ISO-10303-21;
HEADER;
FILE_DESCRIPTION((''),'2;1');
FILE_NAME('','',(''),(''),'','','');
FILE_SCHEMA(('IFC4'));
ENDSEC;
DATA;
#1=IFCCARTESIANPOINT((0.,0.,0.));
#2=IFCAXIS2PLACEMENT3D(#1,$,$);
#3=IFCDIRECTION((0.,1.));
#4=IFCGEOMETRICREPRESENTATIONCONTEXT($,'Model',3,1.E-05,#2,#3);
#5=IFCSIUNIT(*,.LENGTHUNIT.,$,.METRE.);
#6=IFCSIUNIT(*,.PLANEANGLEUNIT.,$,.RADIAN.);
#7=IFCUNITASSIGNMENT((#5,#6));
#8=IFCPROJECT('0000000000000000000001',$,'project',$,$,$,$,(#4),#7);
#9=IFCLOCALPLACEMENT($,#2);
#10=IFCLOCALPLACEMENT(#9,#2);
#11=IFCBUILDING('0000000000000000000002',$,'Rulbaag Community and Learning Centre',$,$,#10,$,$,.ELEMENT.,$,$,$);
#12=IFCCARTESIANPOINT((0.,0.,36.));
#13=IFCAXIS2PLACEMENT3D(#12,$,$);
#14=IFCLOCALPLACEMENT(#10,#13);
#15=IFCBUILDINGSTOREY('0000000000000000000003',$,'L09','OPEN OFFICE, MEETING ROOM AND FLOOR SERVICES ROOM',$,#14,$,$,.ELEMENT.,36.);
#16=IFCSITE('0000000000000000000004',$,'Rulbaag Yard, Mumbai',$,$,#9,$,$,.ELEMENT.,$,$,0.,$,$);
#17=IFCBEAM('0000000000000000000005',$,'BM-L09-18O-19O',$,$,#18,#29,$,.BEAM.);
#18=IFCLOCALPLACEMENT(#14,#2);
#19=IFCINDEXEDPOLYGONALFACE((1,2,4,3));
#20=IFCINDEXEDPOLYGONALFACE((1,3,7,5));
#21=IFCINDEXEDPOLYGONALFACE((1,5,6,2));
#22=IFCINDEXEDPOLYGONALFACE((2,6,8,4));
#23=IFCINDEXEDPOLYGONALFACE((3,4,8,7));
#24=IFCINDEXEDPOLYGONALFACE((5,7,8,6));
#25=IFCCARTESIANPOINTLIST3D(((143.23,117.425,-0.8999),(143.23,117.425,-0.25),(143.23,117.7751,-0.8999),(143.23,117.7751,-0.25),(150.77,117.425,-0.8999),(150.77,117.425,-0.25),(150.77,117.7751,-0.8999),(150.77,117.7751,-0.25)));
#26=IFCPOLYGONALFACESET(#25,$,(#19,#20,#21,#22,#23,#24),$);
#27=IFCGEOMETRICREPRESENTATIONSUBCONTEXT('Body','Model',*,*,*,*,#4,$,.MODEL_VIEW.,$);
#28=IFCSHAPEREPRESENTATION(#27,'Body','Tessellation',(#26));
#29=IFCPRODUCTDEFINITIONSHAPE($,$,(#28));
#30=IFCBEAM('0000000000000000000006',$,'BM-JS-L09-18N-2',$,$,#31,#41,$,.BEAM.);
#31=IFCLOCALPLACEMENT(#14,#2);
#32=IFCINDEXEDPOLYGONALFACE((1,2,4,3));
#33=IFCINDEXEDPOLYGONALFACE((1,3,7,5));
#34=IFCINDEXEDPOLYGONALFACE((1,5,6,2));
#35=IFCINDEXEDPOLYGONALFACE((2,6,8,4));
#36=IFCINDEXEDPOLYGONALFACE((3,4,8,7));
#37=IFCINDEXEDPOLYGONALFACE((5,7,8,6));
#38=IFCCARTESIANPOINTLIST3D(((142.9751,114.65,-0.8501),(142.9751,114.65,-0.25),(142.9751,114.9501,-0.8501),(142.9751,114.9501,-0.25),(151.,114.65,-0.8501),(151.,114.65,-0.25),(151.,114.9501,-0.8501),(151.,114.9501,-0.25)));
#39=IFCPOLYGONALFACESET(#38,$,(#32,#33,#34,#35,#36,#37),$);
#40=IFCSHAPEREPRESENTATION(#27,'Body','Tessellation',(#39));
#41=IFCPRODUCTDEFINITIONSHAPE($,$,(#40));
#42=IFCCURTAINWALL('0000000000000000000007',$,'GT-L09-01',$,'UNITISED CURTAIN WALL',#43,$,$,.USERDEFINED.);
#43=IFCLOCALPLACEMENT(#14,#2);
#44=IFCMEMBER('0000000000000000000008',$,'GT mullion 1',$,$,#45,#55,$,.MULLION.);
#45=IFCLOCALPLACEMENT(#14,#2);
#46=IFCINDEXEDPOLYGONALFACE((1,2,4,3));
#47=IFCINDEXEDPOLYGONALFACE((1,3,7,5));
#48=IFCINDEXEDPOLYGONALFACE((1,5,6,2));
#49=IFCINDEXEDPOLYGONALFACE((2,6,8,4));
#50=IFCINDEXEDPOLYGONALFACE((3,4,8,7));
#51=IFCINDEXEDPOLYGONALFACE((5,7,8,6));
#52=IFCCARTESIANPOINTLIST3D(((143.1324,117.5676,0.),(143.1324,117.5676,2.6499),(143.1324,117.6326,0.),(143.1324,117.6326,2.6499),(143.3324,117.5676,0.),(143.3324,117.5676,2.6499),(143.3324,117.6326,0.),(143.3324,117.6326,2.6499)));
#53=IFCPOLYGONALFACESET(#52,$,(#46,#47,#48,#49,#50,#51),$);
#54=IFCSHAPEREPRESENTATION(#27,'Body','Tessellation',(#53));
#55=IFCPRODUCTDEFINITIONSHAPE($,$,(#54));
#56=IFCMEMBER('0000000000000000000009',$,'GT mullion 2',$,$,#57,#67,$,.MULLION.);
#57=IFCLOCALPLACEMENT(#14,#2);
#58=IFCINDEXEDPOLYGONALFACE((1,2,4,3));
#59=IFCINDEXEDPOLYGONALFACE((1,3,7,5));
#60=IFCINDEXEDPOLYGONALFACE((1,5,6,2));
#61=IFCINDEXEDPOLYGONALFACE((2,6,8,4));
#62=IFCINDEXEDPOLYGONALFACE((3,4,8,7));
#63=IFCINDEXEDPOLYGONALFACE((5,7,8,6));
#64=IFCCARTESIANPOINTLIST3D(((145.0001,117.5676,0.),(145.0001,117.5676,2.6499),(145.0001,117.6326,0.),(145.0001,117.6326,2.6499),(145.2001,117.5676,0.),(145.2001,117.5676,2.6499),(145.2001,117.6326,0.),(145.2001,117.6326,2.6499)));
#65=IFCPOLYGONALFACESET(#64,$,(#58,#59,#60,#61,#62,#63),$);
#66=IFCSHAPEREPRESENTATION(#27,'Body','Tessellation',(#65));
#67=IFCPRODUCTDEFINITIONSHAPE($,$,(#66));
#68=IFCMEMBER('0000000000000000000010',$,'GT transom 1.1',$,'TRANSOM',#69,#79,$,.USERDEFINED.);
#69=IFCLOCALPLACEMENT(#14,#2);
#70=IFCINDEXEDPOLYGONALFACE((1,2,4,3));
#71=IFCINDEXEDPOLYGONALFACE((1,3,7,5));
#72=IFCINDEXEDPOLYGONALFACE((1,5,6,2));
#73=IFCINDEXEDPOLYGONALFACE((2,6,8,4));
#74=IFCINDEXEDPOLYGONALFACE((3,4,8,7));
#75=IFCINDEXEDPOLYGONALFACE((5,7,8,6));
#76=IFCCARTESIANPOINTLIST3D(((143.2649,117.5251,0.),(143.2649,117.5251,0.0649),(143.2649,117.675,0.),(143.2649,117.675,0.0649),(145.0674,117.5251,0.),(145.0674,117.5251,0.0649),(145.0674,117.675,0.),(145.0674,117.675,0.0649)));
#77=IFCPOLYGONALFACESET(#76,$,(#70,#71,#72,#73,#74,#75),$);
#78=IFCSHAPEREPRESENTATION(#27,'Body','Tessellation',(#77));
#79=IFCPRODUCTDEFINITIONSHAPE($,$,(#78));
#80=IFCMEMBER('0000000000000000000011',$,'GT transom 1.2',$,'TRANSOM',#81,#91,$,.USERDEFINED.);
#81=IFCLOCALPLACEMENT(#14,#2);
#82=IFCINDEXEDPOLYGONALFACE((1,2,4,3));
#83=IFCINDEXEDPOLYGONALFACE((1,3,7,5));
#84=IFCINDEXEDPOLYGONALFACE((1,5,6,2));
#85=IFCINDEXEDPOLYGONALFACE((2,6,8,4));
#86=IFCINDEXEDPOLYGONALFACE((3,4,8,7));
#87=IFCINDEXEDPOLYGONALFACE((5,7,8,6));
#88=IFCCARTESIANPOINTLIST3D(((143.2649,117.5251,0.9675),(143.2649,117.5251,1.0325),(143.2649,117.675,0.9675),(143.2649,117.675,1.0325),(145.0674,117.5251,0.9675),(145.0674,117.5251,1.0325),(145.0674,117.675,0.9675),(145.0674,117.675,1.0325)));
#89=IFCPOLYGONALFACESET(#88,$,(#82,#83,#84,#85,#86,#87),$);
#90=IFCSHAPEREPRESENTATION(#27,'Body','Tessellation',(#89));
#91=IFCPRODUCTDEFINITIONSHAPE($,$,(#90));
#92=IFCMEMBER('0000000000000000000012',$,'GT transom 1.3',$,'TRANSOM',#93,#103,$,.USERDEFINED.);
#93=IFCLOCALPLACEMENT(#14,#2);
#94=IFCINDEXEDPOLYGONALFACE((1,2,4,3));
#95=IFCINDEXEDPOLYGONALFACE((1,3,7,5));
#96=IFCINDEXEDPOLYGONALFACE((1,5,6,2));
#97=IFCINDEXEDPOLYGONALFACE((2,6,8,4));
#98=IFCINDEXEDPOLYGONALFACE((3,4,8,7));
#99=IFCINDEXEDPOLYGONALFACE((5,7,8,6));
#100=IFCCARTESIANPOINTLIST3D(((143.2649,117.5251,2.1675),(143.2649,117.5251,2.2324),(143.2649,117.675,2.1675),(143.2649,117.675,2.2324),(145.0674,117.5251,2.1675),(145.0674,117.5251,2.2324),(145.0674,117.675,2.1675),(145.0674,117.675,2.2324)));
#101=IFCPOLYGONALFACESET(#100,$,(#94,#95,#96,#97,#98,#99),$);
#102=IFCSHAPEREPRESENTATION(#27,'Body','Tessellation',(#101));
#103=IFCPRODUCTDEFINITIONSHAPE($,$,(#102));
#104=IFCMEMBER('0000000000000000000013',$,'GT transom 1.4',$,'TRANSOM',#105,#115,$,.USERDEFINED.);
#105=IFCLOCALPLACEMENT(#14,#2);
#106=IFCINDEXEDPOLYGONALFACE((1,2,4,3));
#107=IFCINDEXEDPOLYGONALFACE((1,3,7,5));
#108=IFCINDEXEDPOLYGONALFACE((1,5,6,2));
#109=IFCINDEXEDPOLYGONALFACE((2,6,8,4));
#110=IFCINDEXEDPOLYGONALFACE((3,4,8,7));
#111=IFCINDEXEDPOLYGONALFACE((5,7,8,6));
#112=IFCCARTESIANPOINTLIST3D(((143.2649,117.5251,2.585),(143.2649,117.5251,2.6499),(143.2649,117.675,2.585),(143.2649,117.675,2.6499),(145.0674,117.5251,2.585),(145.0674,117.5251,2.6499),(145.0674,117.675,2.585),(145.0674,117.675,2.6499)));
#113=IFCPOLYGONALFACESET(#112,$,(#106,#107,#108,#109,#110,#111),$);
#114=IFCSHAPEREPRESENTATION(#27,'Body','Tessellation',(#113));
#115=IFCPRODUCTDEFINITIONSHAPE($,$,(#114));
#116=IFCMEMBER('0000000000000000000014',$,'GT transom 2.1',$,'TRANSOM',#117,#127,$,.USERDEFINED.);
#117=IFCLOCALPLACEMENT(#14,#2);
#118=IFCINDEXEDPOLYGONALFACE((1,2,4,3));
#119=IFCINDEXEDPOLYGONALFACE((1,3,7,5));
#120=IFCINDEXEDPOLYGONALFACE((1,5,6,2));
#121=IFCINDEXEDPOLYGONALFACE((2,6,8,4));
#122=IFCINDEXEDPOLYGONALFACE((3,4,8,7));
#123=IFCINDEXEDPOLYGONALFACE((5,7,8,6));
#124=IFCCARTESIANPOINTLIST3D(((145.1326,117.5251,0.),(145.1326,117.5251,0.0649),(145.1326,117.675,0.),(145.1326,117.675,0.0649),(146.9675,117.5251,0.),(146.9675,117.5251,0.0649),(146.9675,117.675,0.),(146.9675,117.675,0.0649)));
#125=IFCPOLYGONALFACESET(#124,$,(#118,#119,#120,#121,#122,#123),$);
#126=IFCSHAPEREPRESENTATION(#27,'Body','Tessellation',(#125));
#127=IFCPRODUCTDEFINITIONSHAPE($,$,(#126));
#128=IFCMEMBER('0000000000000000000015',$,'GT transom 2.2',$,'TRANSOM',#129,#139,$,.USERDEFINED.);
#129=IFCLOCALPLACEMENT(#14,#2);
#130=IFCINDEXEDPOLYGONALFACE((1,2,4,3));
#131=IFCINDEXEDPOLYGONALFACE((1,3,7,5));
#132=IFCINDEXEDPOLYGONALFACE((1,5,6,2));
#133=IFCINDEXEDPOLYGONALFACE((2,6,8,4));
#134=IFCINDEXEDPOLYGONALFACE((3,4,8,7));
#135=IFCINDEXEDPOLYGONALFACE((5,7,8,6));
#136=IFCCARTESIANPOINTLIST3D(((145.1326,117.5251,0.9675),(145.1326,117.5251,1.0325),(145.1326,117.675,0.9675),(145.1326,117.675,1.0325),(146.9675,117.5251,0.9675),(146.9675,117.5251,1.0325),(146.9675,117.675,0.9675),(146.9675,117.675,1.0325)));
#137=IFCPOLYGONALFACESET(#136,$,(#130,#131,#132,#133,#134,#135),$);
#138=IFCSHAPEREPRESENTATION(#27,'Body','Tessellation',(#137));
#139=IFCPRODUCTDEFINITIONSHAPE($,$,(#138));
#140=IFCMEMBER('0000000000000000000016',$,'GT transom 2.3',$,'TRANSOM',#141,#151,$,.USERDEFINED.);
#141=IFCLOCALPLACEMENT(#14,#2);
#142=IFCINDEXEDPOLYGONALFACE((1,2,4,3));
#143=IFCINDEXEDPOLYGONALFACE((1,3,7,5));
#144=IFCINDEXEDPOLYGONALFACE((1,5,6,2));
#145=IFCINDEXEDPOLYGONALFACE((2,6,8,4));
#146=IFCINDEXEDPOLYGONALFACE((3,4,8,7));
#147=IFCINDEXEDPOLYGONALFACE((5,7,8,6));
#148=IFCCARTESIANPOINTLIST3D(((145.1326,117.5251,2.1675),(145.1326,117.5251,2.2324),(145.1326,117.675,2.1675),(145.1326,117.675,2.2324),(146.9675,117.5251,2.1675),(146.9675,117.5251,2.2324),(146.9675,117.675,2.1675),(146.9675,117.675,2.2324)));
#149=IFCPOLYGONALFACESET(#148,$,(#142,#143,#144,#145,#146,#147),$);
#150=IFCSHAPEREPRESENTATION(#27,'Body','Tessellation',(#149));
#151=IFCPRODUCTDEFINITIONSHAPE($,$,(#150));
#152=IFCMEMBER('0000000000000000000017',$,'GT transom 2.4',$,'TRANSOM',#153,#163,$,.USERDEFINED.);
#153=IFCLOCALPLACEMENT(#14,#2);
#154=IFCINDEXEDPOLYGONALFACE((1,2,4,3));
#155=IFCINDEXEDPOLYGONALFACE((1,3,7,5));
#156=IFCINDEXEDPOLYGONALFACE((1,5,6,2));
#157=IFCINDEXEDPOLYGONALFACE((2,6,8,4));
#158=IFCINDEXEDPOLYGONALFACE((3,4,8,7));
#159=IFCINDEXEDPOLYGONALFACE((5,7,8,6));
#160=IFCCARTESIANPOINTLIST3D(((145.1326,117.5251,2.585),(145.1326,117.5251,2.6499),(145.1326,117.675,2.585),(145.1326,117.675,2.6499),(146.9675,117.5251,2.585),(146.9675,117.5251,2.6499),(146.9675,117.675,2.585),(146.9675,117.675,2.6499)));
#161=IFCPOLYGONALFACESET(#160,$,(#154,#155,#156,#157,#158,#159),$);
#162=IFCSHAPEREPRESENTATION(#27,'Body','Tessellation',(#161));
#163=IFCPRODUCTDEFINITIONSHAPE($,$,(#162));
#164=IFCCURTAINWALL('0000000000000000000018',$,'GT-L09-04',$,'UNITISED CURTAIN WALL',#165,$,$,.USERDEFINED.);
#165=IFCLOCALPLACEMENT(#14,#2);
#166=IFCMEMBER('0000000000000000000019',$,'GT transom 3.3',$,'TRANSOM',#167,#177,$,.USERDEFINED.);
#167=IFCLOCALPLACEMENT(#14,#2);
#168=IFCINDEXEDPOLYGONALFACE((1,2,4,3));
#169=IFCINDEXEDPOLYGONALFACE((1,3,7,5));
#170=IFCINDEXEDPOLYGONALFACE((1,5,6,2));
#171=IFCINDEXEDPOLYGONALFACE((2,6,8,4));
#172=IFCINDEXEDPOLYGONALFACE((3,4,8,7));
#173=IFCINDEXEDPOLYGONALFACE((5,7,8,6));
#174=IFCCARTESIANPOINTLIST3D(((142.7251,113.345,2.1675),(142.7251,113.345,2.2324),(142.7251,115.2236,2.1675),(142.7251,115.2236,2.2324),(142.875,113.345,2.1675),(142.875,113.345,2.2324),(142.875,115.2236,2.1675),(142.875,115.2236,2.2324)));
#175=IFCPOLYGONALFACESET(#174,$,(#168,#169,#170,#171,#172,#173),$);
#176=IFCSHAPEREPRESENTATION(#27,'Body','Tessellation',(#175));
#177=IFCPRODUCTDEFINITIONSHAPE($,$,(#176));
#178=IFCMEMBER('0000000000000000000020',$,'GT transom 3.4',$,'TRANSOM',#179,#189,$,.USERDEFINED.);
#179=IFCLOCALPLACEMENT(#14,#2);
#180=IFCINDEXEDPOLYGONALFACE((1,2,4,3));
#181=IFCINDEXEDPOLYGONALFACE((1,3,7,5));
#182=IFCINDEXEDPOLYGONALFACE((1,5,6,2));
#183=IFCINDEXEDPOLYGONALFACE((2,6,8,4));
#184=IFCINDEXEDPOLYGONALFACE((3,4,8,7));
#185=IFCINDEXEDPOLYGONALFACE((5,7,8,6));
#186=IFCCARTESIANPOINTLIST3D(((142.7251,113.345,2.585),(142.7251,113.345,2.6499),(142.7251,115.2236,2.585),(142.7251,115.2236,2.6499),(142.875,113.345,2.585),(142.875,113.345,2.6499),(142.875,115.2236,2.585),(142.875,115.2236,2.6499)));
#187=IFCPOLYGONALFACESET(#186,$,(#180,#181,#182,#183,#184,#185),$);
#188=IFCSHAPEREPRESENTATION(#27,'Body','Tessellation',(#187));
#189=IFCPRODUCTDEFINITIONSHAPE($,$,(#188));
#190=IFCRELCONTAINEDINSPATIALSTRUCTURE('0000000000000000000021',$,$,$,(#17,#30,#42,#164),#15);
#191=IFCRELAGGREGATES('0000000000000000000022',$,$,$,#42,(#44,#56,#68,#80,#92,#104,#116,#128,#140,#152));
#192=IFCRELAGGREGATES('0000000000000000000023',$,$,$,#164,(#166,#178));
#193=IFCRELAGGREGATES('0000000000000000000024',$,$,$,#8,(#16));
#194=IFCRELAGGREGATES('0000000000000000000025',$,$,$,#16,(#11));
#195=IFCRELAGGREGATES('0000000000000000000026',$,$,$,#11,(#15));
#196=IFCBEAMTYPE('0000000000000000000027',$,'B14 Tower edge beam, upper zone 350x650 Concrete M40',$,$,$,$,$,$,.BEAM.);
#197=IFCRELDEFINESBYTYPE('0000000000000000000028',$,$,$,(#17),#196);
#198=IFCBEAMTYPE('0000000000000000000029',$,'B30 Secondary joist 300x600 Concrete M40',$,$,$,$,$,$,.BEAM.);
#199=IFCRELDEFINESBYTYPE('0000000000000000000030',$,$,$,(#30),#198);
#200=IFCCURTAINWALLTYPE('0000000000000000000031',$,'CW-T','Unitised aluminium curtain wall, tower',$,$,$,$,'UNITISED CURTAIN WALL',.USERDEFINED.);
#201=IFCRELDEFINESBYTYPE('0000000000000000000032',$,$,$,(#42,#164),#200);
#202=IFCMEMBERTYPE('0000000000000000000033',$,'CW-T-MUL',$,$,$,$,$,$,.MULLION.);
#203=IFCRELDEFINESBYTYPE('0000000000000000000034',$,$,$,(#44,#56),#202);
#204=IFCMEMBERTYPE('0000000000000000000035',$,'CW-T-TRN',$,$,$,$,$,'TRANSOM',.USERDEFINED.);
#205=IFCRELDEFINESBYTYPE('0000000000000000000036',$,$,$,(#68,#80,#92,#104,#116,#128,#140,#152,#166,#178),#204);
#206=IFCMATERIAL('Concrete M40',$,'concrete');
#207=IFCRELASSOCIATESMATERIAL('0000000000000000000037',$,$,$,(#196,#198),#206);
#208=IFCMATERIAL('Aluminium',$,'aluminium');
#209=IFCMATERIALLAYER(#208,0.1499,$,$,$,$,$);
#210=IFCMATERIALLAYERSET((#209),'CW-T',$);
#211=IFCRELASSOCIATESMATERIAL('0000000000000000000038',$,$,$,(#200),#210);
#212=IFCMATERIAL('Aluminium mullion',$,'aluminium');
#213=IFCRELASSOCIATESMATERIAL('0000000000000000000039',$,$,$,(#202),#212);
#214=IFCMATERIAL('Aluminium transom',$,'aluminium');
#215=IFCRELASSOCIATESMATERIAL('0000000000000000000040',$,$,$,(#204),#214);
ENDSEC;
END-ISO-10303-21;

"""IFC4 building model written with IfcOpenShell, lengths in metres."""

from ifc_helpers import new_model, si_unit, direction, frame, origin, origin_2d, place, context, subcontext, project, spatial, rectangle, extrude, material, layer, layer_set, material_profile, profile_set, type_object, element, aggregate, save


model = new_model("IFC4")

# Units and contexts
model_context = context("Model", 3, precision=1e-05, world=origin(), true_north=direction((0.0, 1.0)))
body_context = subcontext(model_context, "Body", "Model", "MODEL_VIEW")
ifc_project = project(units=[si_unit("LENGTHUNIT", "METRE"), si_unit("PLANEANGLEUNIT", "RADIAN")], contexts=[model_context])

# Site, building, storey
site_placement = place(None, origin())
site = spatial("IfcSite", under=ifc_project, at=site_placement, Name="Rulbaag Yard, Mumbai", CompositionType="ELEMENT", RefElevation=0.0)
building_placement = place(site_placement, origin())
building = spatial("IfcBuilding", under=site, at=building_placement, Name="Rulbaag Community and Learning Centre", CompositionType="ELEMENT")
storey_placement = place(building_placement, frame((0.0, 0.0, 36.0)))
storey = spatial("IfcBuildingStorey", under=building, at=storey_placement, Name="L09", Description="OPEN OFFICE, MEETING ROOM AND FLOOR SERVICES ROOM", CompositionType="ELEMENT", Elevation=36.0)

# Beams
ifc_material_1 = material(Name="Concrete M40", Category="concrete")
ifc_material_profile_1 = material_profile(ifc_material_1, rectangle(XDim=0.3501, YDim=0.6499, at=origin_2d()), Name="RB350x650")
ifc_profile_set_1 = profile_set([ifc_material_profile_1], Name="Concrete M40")
beam_type_1 = type_object("IfcBeamType", Name="B14 Tower edge beam, upper zone 350x650 Concrete M40", PredefinedType="BEAM", material=ifc_profile_set_1)
beam_1_placement = place(storey_placement, frame((143.23, 117.6001, -0.575), z_axis=(1.0, 0.0, 0.0), x_axis=(0.0, 1.0, 0.0)))
element("IfcBeam", 1, at=beam_1_placement, inside=storey, type_object=beam_type_1, Name="BM-L09-18O-19O", PredefinedType="BEAM", context=body_context, shape_type="SweptSolid", body=[
    extrude(rectangle(XDim=0.3501, YDim=0.6499, at=origin_2d()), origin(), (0.0, 0.0, 1.0), 7.54),
])
ifc_material_profile_2 = material_profile(ifc_material_1, rectangle(XDim=0.3, YDim=0.6001, at=origin_2d()), Name="RB300x600")
ifc_profile_set_2 = profile_set([ifc_material_profile_2], Name="Concrete M40")
beam_type_2 = type_object("IfcBeamType", Name="B30 Secondary joist 300x600 Concrete M40", PredefinedType="BEAM", material=ifc_profile_set_2)
beam_2_placement = place(storey_placement, frame((142.9751, 114.8, -0.55), z_axis=(1.0, 0.0, 0.0), x_axis=(0.0, 1.0, 0.0)))
element("IfcBeam", 2, at=beam_2_placement, inside=storey, type_object=beam_type_2, Name="BM-JS-L09-18N-2", PredefinedType="BEAM", context=body_context, shape_type="SweptSolid", body=[
    extrude(rectangle(XDim=0.3, YDim=0.6001, at=origin_2d()), origin(), (0.0, 0.0, 1.0), 8.0249),
])

# Curtain walls, members
ifc_material_2 = material(Name="Aluminium", Category="aluminium")
ifc_layer_1 = layer(ifc_material_2, 0.1499)
ifc_layer_set_1 = layer_set([ifc_layer_1], Name="CW-T")
curtain_wall_type = type_object("IfcCurtainWallType", Name="CW-T", Description="Unitised aluminium curtain wall, tower", ElementType="UNITISED CURTAIN WALL", PredefinedType="USERDEFINED", material=ifc_layer_set_1)
curtain_wall_1_placement = place(storey_placement, origin())
curtain_wall_1 = element("IfcCurtainWall", 3, at=curtain_wall_1_placement, inside=storey, type_object=curtain_wall_type, Name="GT-L09-01", ObjectType="UNITISED CURTAIN WALL", PredefinedType="USERDEFINED")
ifc_material_3 = material(Name="Aluminium mullion", Category="aluminium")
ifc_material_profile_3 = material_profile(ifc_material_3, rectangle(XDim=0.0649, YDim=0.2, at=origin_2d()), Name="AL 65x200")
ifc_profile_set_3 = profile_set([ifc_material_profile_3], Name="Aluminium mullion")
member_type_1 = type_object("IfcMemberType", Name="CW-T-MUL", PredefinedType="MULLION", material=ifc_profile_set_3)
member_1_placement = place(storey_placement, frame((143.2324, 117.6001, 0.0), z_axis=(0.0, 0.0, 1.0), x_axis=(0.0, 1.0, 0.0)))
member_1 = element("IfcMember", 4, at=member_1_placement, type_object=member_type_1, Name="GT mullion 1", PredefinedType="MULLION", context=body_context, shape_type="SweptSolid", body=[
    extrude(rectangle(XDim=0.0649, YDim=0.2, at=origin_2d()), origin(), (0.0, 0.0, 1.0), 2.6499),
])
member_2_placement = place(storey_placement, frame((145.1001, 117.6001, 0.0), z_axis=(0.0, 0.0, 1.0), x_axis=(0.0, 1.0, 0.0)))
member_2 = element("IfcMember", 5, at=member_2_placement, type_object=member_type_1, Name="GT mullion 2", PredefinedType="MULLION", context=body_context, shape_type="SweptSolid", body=[
    extrude(rectangle(XDim=0.0649, YDim=0.2, at=origin_2d()), origin(), (0.0, 0.0, 1.0), 2.6499),
])
ifc_material_4 = material(Name="Aluminium transom", Category="aluminium")
ifc_material_profile_4 = material_profile(ifc_material_4, rectangle(XDim=0.1499, YDim=0.0649, at=origin_2d()), Name="AL 65x150 T")
ifc_profile_set_4 = profile_set([ifc_material_profile_4], Name="Aluminium transom")
member_type_2 = type_object("IfcMemberType", Name="CW-T-TRN", ElementType="TRANSOM", PredefinedType="USERDEFINED", material=ifc_profile_set_4)
member_3_placement = place(storey_placement, frame((143.2649, 117.6001, 0.0325), z_axis=(1.0, 0.0, 0.0), x_axis=(0.0, 1.0, 0.0)))
member_3 = element("IfcMember", 6, at=member_3_placement, type_object=member_type_2, Name="GT transom 1.1", ObjectType="TRANSOM", PredefinedType="USERDEFINED", context=body_context, shape_type="SweptSolid", body=[
    extrude(rectangle(XDim=0.1499, YDim=0.0649, at=origin_2d()), origin(), (0.0, 0.0, 1.0), 1.8025),
])
member_4_placement = place(storey_placement, frame((143.2649, 117.6001, 1.0), z_axis=(1.0, 0.0, 0.0), x_axis=(0.0, 1.0, 0.0)))
member_4 = element("IfcMember", 7, at=member_4_placement, type_object=member_type_2, Name="GT transom 1.2", ObjectType="TRANSOM", PredefinedType="USERDEFINED", context=body_context, shape_type="SweptSolid", body=[
    extrude(rectangle(XDim=0.1499, YDim=0.0649, at=origin_2d()), origin(), (0.0, 0.0, 1.0), 1.8025),
])
member_5_placement = place(storey_placement, frame((143.2649, 117.6001, 2.2), z_axis=(1.0, 0.0, 0.0), x_axis=(0.0, 1.0, 0.0)))
member_5 = element("IfcMember", 8, at=member_5_placement, type_object=member_type_2, Name="GT transom 1.3", ObjectType="TRANSOM", PredefinedType="USERDEFINED", context=body_context, shape_type="SweptSolid", body=[
    extrude(rectangle(XDim=0.1499, YDim=0.0649, at=origin_2d()), origin(), (0.0, 0.0, 1.0), 1.8025),
])
member_6_placement = place(storey_placement, frame((143.2649, 117.6001, 2.6174), z_axis=(1.0, 0.0, 0.0), x_axis=(0.0, 1.0, 0.0)))
member_6 = element("IfcMember", 9, at=member_6_placement, type_object=member_type_2, Name="GT transom 1.4", ObjectType="TRANSOM", PredefinedType="USERDEFINED", context=body_context, shape_type="SweptSolid", body=[
    extrude(rectangle(XDim=0.1499, YDim=0.0649, at=origin_2d()), origin(), (0.0, 0.0, 1.0), 1.8025),
])
member_7_placement = place(storey_placement, frame((145.1326, 117.6001, 0.0325), z_axis=(1.0, 0.0, 0.0), x_axis=(0.0, 1.0, 0.0)))
member_7 = element("IfcMember", 10, at=member_7_placement, type_object=member_type_2, Name="GT transom 2.1", ObjectType="TRANSOM", PredefinedType="USERDEFINED", context=body_context, shape_type="SweptSolid", body=[
    extrude(rectangle(XDim=0.1499, YDim=0.0649, at=origin_2d()), origin(), (0.0, 0.0, 1.0), 1.835),
])
member_8_placement = place(storey_placement, frame((145.1326, 117.6001, 1.0), z_axis=(1.0, 0.0, 0.0), x_axis=(0.0, 1.0, 0.0)))
member_8 = element("IfcMember", 11, at=member_8_placement, type_object=member_type_2, Name="GT transom 2.2", ObjectType="TRANSOM", PredefinedType="USERDEFINED", context=body_context, shape_type="SweptSolid", body=[
    extrude(rectangle(XDim=0.1499, YDim=0.0649, at=origin_2d()), origin(), (0.0, 0.0, 1.0), 1.835),
])
member_9_placement = place(storey_placement, frame((145.1326, 117.6001, 2.2), z_axis=(1.0, 0.0, 0.0), x_axis=(0.0, 1.0, 0.0)))
member_9 = element("IfcMember", 12, at=member_9_placement, type_object=member_type_2, Name="GT transom 2.3", ObjectType="TRANSOM", PredefinedType="USERDEFINED", context=body_context, shape_type="SweptSolid", body=[
    extrude(rectangle(XDim=0.1499, YDim=0.0649, at=origin_2d()), origin(), (0.0, 0.0, 1.0), 1.835),
])
member_10_placement = place(storey_placement, frame((145.1326, 117.6001, 2.6174), z_axis=(1.0, 0.0, 0.0), x_axis=(0.0, 1.0, 0.0)))
member_10 = element("IfcMember", 13, at=member_10_placement, type_object=member_type_2, Name="GT transom 2.4", ObjectType="TRANSOM", PredefinedType="USERDEFINED", context=body_context, shape_type="SweptSolid", body=[
    extrude(rectangle(XDim=0.1499, YDim=0.0649, at=origin_2d()), origin(), (0.0, 0.0, 1.0), 1.835),
])
curtain_wall_2_placement = place(storey_placement, origin())
curtain_wall_2 = element("IfcCurtainWall", 14, at=curtain_wall_2_placement, inside=storey, type_object=curtain_wall_type, Name="GT-L09-04", ObjectType="UNITISED CURTAIN WALL", PredefinedType="USERDEFINED")
member_11_placement = place(storey_placement, frame((142.8, 113.345, 2.2), z_axis=(0.0, 1.0, 0.0), x_axis=(-1.0, 0.0, 0.0)))
member_11 = element("IfcMember", 15, at=member_11_placement, type_object=member_type_2, Name="GT transom 3.3", ObjectType="TRANSOM", PredefinedType="USERDEFINED", context=body_context, shape_type="SweptSolid", body=[
    extrude(rectangle(XDim=0.1499, YDim=0.0649, at=origin_2d()), origin(), (0.0, 0.0, 1.0), 1.8787),
])
member_12_placement = place(storey_placement, frame((142.8, 113.345, 2.6174), z_axis=(0.0, 1.0, 0.0), x_axis=(-1.0, 0.0, 0.0)))
member_12 = element("IfcMember", 16, at=member_12_placement, type_object=member_type_2, Name="GT transom 3.4", ObjectType="TRANSOM", PredefinedType="USERDEFINED", context=body_context, shape_type="SweptSolid", body=[
    extrude(rectangle(XDim=0.1499, YDim=0.0649, at=origin_2d()), origin(), (0.0, 0.0, 1.0), 1.8787),
])

aggregate(curtain_wall_1, [member_1, member_2, member_3, member_4, member_5, member_6, member_7, member_8, member_9, member_10])
aggregate(curtain_wall_2, [member_11, member_12])

save(model, "model.ifc")
